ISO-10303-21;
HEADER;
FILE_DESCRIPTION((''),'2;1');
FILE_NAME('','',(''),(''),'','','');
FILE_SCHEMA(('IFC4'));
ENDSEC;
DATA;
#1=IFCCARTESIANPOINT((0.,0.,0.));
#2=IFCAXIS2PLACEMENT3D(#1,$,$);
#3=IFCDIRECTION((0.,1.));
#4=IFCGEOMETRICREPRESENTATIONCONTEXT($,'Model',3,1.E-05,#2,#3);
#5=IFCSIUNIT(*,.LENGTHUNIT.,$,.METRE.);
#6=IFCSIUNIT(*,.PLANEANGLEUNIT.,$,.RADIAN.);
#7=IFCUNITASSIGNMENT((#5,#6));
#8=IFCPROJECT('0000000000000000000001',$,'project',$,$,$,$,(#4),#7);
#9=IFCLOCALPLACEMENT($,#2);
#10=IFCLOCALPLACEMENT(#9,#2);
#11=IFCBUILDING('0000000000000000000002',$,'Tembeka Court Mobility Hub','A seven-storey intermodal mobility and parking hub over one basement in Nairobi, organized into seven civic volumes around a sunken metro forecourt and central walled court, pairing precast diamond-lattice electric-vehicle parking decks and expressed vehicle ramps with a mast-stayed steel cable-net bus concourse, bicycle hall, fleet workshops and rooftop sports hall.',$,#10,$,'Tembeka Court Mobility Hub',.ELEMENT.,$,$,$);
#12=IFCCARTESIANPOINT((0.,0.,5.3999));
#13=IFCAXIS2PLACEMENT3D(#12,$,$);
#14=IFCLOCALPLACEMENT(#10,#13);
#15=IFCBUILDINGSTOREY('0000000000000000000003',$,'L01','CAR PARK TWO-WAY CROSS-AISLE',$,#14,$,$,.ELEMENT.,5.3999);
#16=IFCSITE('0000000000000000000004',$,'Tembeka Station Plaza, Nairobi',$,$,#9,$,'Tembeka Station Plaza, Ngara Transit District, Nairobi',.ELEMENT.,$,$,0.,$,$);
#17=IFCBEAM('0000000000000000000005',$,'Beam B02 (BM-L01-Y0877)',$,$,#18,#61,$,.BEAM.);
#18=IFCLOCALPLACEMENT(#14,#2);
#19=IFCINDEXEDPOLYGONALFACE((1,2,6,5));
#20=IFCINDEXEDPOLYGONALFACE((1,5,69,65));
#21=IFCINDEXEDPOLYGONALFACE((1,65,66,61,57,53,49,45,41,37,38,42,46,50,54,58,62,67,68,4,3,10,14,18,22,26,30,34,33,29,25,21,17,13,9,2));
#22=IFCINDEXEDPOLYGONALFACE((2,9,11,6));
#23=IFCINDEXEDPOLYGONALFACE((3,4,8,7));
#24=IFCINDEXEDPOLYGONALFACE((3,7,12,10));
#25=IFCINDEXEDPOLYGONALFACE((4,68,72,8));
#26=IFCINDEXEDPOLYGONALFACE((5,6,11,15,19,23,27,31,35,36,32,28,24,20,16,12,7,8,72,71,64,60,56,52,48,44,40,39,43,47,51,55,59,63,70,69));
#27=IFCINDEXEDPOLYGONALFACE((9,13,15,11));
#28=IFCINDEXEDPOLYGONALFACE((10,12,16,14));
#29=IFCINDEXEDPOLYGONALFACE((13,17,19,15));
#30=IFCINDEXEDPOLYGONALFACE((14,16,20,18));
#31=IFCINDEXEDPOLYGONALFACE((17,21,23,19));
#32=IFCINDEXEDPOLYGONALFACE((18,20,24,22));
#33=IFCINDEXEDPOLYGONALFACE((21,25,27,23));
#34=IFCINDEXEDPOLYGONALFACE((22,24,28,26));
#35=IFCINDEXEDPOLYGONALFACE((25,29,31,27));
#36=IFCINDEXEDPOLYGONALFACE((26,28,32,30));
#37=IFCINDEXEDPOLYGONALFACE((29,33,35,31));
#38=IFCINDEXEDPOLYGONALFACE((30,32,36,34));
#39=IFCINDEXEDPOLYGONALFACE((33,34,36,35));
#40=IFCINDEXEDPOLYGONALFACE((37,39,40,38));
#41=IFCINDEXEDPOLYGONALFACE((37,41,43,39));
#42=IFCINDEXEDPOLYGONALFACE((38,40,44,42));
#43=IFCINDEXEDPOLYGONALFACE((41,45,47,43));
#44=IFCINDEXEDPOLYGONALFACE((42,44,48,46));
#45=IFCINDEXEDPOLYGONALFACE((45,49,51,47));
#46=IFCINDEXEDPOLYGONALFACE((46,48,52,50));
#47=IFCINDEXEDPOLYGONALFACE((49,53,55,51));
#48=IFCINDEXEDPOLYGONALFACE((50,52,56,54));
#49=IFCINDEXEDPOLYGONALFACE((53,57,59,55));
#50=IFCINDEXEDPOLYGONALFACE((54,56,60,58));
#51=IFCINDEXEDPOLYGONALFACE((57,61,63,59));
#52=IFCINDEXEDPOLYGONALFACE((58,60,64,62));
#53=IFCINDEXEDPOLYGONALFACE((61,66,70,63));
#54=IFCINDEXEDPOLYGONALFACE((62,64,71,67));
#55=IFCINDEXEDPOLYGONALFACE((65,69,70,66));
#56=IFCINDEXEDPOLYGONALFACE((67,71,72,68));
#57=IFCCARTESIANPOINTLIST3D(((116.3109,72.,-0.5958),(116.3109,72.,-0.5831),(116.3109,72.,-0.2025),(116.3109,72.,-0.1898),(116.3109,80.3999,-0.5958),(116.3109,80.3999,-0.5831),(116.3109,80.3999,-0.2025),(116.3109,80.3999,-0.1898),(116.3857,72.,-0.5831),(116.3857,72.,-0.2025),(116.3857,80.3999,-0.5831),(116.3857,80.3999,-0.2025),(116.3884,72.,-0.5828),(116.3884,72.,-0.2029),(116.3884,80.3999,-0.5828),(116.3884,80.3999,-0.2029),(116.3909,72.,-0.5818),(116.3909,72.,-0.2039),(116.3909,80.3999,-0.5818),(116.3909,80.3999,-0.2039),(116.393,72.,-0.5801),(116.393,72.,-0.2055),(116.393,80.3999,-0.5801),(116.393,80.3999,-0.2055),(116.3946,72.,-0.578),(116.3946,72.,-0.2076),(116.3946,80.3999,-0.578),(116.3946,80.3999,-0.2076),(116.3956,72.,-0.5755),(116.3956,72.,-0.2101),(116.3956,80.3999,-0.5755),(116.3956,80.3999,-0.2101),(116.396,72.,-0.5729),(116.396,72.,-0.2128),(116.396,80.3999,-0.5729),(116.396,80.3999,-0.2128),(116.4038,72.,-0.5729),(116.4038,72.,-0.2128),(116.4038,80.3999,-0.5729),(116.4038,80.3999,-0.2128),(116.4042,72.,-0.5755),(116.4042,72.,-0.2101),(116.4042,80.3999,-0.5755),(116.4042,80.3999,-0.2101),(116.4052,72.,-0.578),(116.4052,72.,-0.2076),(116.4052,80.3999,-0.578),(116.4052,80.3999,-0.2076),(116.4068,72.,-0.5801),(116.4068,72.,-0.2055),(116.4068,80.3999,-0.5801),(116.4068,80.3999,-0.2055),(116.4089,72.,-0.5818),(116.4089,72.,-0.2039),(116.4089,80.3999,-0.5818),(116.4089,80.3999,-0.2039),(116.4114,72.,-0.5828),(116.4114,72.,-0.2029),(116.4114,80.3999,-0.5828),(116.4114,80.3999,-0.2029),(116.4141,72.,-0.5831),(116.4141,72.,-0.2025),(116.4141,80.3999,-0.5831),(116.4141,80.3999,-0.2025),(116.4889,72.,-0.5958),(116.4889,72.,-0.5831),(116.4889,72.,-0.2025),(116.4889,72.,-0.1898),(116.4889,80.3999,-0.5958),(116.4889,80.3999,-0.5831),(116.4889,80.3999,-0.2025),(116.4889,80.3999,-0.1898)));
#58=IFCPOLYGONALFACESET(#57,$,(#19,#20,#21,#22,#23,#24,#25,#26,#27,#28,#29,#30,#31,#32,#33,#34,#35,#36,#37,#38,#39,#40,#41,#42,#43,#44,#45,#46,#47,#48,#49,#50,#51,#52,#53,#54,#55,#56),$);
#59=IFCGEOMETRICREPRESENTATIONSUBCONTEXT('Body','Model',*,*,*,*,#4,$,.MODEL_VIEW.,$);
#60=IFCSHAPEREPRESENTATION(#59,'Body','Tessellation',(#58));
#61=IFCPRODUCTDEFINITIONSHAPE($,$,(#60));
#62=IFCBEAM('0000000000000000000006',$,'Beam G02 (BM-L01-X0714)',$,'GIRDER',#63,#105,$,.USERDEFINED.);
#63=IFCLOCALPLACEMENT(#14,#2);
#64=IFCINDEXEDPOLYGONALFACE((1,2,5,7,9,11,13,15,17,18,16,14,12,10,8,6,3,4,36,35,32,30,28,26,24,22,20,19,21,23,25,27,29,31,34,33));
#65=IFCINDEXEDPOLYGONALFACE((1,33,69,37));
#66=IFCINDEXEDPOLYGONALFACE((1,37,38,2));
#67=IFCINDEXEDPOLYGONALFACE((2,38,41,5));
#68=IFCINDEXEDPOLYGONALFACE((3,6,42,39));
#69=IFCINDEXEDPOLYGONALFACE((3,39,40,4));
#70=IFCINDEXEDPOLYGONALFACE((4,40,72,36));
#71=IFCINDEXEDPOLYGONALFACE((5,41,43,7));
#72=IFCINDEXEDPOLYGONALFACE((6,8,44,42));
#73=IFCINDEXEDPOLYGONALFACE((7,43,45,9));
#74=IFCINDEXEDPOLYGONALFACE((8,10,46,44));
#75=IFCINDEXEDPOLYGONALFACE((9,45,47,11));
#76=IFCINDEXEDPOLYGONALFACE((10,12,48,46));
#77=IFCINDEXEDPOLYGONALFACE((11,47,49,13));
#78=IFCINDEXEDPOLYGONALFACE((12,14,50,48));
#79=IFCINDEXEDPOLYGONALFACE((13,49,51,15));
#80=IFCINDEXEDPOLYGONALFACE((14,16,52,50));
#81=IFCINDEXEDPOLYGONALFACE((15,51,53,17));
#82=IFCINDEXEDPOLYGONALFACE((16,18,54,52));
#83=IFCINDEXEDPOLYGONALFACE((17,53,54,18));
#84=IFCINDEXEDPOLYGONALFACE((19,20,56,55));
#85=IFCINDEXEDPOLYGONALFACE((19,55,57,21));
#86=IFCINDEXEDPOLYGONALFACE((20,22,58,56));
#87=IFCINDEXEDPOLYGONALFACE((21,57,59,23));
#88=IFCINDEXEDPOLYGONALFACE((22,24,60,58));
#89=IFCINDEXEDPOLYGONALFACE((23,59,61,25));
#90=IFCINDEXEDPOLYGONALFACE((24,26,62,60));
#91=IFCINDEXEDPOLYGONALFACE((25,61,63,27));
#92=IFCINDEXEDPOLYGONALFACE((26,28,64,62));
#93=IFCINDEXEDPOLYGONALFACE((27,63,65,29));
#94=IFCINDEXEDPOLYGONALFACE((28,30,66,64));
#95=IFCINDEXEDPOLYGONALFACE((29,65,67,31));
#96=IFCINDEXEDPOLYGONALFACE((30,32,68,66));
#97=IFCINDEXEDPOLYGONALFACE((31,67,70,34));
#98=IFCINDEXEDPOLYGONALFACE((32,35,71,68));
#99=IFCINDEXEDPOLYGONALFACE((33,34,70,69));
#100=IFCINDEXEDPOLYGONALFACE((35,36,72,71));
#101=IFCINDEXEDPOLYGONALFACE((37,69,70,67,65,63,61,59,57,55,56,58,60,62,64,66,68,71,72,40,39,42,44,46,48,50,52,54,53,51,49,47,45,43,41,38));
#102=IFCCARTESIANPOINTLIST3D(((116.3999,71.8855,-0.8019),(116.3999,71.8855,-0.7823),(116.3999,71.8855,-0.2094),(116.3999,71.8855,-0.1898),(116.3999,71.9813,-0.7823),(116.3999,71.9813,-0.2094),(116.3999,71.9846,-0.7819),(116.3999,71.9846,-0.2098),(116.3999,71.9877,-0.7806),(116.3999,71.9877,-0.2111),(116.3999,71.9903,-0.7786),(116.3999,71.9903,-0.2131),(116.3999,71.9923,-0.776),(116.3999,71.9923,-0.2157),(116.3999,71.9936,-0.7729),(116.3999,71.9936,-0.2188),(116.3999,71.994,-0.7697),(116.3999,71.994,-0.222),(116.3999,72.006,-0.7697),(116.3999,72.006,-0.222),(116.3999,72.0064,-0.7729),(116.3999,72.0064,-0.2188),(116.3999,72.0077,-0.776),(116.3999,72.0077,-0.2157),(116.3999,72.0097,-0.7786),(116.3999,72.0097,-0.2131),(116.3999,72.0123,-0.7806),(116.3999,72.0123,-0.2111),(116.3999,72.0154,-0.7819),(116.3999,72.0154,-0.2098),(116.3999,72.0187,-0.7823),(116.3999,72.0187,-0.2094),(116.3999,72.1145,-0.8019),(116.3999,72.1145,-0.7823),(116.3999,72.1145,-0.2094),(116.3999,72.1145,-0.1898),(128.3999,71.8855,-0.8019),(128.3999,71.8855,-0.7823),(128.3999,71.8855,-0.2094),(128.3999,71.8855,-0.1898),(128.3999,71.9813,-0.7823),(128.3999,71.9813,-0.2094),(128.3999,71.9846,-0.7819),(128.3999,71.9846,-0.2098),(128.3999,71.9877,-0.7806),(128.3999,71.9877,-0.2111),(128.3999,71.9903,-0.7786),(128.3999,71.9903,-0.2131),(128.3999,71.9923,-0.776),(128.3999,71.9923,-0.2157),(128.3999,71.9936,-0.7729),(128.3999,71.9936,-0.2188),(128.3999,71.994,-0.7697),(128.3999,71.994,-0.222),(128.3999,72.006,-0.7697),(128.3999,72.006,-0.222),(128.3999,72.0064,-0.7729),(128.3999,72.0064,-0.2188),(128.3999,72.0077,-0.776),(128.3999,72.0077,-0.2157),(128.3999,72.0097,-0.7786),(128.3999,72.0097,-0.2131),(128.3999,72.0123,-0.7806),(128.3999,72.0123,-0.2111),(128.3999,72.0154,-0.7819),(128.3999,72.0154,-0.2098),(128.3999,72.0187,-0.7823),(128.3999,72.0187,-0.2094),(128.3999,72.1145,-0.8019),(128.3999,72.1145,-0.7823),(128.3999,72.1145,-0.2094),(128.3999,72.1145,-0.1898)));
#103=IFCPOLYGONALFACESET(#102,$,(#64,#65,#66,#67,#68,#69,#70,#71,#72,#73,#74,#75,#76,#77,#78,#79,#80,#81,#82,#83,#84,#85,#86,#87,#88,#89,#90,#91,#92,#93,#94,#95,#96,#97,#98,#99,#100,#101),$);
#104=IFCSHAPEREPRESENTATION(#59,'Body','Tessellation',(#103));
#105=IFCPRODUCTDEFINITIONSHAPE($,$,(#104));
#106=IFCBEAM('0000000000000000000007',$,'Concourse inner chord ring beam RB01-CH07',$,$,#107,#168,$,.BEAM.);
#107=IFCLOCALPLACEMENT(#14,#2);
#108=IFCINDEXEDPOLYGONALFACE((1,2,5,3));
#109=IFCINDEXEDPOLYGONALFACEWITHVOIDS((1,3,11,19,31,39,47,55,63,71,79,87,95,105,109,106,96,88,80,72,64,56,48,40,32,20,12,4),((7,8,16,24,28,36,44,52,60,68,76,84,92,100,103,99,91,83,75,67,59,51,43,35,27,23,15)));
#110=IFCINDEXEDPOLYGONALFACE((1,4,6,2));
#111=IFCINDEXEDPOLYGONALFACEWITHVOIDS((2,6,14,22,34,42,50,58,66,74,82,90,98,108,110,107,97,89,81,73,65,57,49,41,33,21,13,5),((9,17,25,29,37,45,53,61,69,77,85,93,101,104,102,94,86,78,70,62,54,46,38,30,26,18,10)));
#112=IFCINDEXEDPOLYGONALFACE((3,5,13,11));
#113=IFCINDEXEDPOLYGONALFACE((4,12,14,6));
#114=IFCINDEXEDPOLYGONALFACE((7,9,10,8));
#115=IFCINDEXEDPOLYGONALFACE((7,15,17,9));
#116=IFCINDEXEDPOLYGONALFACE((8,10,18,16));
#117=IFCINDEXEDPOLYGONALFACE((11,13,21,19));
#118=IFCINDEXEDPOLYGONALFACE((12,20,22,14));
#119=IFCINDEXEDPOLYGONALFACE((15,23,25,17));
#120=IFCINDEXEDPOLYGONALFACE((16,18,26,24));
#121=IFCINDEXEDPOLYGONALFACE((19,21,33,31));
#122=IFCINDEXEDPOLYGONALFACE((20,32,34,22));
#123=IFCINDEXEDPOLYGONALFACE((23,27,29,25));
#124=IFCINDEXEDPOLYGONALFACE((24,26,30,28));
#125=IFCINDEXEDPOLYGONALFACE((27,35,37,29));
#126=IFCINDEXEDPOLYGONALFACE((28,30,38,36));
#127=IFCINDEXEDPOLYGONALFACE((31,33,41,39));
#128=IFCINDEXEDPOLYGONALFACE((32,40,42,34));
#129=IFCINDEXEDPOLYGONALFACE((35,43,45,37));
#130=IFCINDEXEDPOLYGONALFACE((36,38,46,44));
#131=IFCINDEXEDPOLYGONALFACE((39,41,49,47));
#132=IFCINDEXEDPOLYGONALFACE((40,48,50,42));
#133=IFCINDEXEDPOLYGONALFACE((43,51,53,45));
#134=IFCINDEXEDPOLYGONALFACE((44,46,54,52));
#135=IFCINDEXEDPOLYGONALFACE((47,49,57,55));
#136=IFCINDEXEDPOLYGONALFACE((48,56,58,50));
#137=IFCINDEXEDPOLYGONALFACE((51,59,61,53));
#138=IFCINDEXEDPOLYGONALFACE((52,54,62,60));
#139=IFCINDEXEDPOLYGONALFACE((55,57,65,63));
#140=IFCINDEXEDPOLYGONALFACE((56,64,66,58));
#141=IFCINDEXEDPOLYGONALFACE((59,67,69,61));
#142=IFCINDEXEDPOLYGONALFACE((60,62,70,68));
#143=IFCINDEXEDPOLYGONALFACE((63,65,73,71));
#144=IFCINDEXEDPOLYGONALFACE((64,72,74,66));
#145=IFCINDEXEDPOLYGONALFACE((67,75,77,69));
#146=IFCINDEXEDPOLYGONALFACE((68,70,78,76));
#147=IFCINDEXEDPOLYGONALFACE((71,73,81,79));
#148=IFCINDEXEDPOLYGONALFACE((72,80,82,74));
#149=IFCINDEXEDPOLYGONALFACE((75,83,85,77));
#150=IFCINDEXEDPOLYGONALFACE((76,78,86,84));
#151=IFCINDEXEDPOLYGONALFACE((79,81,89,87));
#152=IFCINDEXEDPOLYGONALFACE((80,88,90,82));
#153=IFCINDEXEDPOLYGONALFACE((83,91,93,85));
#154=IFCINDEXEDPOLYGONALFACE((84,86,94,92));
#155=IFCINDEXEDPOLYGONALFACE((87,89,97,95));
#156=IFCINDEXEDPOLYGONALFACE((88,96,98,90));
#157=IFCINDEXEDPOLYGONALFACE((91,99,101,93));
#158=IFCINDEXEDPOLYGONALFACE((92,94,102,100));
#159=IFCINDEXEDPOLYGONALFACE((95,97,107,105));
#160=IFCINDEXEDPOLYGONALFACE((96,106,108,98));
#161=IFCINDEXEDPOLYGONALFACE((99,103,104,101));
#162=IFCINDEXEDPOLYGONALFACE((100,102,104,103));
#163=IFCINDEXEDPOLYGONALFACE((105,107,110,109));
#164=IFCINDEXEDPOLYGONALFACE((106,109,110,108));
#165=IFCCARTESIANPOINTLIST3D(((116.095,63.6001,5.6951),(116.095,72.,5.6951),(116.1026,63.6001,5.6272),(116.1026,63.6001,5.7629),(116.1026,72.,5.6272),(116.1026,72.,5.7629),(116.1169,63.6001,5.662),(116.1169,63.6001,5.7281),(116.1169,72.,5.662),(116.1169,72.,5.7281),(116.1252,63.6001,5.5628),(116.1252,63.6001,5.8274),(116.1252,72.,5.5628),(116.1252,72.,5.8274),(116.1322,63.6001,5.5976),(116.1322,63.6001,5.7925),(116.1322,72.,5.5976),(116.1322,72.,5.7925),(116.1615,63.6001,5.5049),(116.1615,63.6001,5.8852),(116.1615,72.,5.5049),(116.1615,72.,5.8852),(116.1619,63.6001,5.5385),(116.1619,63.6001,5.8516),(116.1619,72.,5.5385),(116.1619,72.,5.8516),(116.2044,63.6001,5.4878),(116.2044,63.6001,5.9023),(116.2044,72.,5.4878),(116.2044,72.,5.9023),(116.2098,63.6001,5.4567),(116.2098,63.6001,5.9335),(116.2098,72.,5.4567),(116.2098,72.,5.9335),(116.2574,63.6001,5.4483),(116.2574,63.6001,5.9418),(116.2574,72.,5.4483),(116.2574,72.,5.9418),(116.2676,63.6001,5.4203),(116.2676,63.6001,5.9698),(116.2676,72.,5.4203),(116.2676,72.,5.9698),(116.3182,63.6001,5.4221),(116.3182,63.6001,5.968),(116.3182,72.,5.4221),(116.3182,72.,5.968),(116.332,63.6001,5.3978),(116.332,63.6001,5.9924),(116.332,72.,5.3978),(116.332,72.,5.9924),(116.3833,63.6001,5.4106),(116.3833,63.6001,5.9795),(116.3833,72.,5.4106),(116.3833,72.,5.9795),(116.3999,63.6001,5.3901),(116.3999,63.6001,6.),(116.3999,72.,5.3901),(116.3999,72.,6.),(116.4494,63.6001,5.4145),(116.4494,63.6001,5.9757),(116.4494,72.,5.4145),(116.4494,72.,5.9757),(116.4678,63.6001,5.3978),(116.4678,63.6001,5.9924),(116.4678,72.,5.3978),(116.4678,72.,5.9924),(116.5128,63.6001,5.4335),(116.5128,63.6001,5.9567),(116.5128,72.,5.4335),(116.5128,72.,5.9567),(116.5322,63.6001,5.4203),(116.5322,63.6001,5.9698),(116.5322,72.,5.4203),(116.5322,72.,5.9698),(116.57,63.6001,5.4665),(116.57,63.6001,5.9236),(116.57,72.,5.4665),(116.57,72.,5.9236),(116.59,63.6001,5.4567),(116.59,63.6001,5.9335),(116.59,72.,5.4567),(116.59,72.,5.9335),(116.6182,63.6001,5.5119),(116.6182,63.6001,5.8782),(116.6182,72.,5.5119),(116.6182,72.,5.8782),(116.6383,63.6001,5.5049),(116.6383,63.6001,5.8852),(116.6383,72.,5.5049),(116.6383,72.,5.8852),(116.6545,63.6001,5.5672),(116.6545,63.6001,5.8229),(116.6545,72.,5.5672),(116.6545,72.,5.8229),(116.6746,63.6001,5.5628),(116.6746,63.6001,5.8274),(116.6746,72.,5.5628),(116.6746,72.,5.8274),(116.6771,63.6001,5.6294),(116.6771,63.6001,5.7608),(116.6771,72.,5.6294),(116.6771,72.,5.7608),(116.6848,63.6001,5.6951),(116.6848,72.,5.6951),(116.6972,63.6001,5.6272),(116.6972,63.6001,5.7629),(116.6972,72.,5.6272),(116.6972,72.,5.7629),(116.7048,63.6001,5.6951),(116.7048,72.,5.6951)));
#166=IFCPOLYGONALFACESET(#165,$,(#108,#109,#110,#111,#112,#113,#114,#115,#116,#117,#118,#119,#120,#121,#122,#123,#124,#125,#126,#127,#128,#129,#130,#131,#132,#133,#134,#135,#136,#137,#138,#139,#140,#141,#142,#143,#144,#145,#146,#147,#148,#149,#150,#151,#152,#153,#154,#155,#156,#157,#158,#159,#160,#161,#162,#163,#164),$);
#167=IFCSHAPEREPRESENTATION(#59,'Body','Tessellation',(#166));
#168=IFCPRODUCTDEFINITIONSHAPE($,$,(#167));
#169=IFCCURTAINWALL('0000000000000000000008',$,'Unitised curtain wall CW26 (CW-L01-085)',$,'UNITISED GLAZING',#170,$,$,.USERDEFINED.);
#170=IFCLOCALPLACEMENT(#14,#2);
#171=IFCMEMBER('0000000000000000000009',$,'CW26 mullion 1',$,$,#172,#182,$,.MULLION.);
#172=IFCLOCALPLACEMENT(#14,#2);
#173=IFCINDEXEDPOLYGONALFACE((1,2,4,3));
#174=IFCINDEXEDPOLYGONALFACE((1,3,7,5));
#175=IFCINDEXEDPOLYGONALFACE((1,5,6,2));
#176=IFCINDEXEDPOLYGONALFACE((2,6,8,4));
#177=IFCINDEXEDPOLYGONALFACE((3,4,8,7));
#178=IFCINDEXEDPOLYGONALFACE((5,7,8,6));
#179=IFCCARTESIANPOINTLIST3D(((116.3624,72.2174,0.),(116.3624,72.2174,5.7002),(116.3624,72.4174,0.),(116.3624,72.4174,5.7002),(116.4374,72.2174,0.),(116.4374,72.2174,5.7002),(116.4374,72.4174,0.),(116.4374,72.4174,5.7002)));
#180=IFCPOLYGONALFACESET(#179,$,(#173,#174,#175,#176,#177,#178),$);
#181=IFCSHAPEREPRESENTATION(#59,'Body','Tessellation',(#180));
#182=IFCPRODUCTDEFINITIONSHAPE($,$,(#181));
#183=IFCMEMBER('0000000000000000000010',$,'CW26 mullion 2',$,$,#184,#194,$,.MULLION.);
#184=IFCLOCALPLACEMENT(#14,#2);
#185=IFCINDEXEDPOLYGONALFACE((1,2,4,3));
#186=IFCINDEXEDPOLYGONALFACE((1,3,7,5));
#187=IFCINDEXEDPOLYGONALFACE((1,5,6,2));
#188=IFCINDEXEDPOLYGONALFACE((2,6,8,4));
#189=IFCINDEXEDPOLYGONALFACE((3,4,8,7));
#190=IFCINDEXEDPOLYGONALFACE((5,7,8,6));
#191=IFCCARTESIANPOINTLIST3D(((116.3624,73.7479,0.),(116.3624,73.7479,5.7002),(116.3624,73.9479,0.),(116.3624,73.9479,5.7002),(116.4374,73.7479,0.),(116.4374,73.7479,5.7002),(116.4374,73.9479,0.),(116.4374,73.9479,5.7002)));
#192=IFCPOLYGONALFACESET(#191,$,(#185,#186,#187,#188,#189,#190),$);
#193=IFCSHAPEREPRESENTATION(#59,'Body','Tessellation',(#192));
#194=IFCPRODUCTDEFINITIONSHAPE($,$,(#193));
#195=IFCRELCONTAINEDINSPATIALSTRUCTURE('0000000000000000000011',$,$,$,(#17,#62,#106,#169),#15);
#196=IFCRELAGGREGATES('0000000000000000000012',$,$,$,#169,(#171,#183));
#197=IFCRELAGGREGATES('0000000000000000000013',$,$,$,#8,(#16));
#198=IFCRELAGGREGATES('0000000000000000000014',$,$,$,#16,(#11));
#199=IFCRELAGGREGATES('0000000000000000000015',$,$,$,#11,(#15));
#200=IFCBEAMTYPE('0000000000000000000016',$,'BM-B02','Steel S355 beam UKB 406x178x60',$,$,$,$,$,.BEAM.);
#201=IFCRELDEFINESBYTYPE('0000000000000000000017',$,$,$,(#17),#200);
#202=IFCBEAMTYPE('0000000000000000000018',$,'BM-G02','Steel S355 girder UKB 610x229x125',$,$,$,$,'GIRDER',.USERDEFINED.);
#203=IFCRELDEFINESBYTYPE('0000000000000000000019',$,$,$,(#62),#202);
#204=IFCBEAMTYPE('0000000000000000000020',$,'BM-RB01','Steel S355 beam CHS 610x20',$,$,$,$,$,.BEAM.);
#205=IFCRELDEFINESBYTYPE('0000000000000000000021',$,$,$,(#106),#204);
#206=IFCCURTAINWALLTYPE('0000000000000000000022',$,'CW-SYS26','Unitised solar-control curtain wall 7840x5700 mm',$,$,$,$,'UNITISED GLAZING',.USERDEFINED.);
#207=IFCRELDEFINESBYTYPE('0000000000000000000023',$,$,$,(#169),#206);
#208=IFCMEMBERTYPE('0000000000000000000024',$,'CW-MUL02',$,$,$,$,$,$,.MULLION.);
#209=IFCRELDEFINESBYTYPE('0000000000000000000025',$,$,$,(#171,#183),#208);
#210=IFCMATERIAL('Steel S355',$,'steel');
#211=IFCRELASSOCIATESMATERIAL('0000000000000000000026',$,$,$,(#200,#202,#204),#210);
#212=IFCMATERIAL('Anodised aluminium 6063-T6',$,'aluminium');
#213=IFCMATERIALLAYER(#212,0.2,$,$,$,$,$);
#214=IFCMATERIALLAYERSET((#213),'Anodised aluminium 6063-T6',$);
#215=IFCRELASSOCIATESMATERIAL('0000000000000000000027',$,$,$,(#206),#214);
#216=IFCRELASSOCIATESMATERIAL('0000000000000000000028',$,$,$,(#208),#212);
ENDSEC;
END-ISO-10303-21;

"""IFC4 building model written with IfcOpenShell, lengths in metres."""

from ifc_helpers import new_model, si_unit, direction, frame, origin, origin_2d, place, context, subcontext, project, spatial, rectangle, hollow_circle, i_section, extrude, material, layer, layer_set, material_profile, profile_set, type_object, element, aggregate, save


model = new_model("IFC4")

# Units and contexts
model_context = context("Model", 3, precision=1e-05, world=origin(), true_north=direction((0.0, 1.0)))
body_context = subcontext(model_context, "Body", "Model", "MODEL_VIEW")
ifc_project = project(units=[si_unit("LENGTHUNIT", "METRE"), si_unit("PLANEANGLEUNIT", "RADIAN")], contexts=[model_context])

# Site, building, storey
site_placement = place(None, origin())
site = spatial("IfcSite", under=ifc_project, at=site_placement, Name="Tembeka Station Plaza, Nairobi", LongName="Tembeka Station Plaza, Ngara Transit District, Nairobi", CompositionType="ELEMENT", RefElevation=0.0)
building_placement = place(site_placement, origin())
building = spatial("IfcBuilding", under=site, at=building_placement, Name="Tembeka Court Mobility Hub", Description="A seven-storey intermodal mobility and parking hub over one basement in Nairobi, organized into seven civic volumes around a sunken metro forecourt and central walled court, pairing precast diamond-lattice electric-vehicle parking decks and expressed vehicle ramps with a mast-stayed steel cable-net bus concourse, bicycle hall, fleet workshops and rooftop sports hall.", LongName="Tembeka Court Mobility Hub", CompositionType="ELEMENT")
storey_placement = place(building_placement, frame((0.0, 0.0, 5.3999)))
storey = spatial("IfcBuildingStorey", under=building, at=storey_placement, Name="L01", Description="CAR PARK TWO-WAY CROSS-AISLE", CompositionType="ELEMENT", Elevation=5.3999)

# Beams
ifc_material_1 = material(Name="Steel S355", Category="steel")
ifc_material_profile_1 = material_profile(ifc_material_1, i_section(OverallWidth=0.178, OverallDepth=0.406, WebThickness=0.0078, FlangeThickness=0.0127, FilletRadius=0.0103, at=origin_2d()), Name="UKB 406x178x60")
ifc_profile_set_1 = profile_set([ifc_material_profile_1], Name="Steel S355")
beam_type_1 = type_object("IfcBeamType", Name="BM-B02", Description="Steel S355 beam UKB 406x178x60", PredefinedType="BEAM", material=ifc_profile_set_1)
beam_1_placement = place(storey_placement, frame((116.3999, 72.0, -0.3928), z_axis=(0.0, 1.0, 0.0), x_axis=(-1.0, 0.0, 0.0)))
element("IfcBeam", 1, at=beam_1_placement, inside=storey, type_object=beam_type_1, Name="Beam B02 (BM-L01-Y0877)", PredefinedType="BEAM", context=body_context, shape_type="SweptSolid", body=[
    extrude(i_section(OverallWidth=0.178, OverallDepth=0.406, WebThickness=0.0078, FlangeThickness=0.0127, FilletRadius=0.0103, at=origin_2d()), origin(), (0.0, 0.0, 1.0), 8.3999),
])
ifc_material_profile_2 = material_profile(ifc_material_1, i_section(OverallWidth=0.229, OverallDepth=0.6121, WebThickness=0.012, FlangeThickness=0.0195, FilletRadius=0.0127, at=origin_2d()), Name="UKB 610x229x125")
ifc_profile_set_2 = profile_set([ifc_material_profile_2], Name="Steel S355")
beam_type_2 = type_object("IfcBeamType", Name="BM-G02", Description="Steel S355 girder UKB 610x229x125", ElementType="GIRDER", PredefinedType="USERDEFINED", material=ifc_profile_set_2)
beam_2_placement = place(storey_placement, frame((116.3999, 72.0, -0.4958), z_axis=(1.0, 0.0, 0.0), x_axis=(0.0, 1.0, 0.0)))
element("IfcBeam", 2, at=beam_2_placement, inside=storey, type_object=beam_type_2, Name="Beam G02 (BM-L01-X0714)", ObjectType="GIRDER", PredefinedType="USERDEFINED", context=body_context, shape_type="SweptSolid", body=[
    extrude(i_section(OverallWidth=0.229, OverallDepth=0.6121, WebThickness=0.012, FlangeThickness=0.0195, FilletRadius=0.0127, at=origin_2d()), origin(), (0.0, 0.0, 1.0), 12.0),
])
ifc_material_profile_3 = material_profile(ifc_material_1, hollow_circle(Radius=0.3049, WallThickness=0.02, at=origin_2d()), Name="CHS 610x20")
ifc_profile_set_3 = profile_set([ifc_material_profile_3], Name="Steel S355")
beam_type_3 = type_object("IfcBeamType", Name="BM-RB01", Description="Steel S355 beam CHS 610x20", PredefinedType="BEAM", material=ifc_profile_set_3)
beam_3_placement = place(storey_placement, frame((116.3999, 72.0, 5.6951), z_axis=(0.0, -1.0, 0.0), x_axis=(1.0, 0.0, 0.0)))
element("IfcBeam", 3, at=beam_3_placement, inside=storey, type_object=beam_type_3, Name="Concourse inner chord ring beam RB01-CH07", PredefinedType="BEAM", context=body_context, shape_type="SweptSolid", body=[
    extrude(hollow_circle(Radius=0.3049, WallThickness=0.02, at=origin_2d()), origin(), (0.0, 0.0, 1.0), 8.3999),
])

# Curtain wall, members
ifc_material_2 = material(Name="Anodised aluminium 6063-T6", Category="aluminium")
ifc_layer_1 = layer(ifc_material_2, 0.2)
ifc_layer_set_1 = layer_set([ifc_layer_1], Name="Anodised aluminium 6063-T6")
curtain_wall_type = type_object("IfcCurtainWallType", Name="CW-SYS26", Description="Unitised solar-control curtain wall 7840x5700 mm", ElementType="UNITISED GLAZING", PredefinedType="USERDEFINED", material=ifc_layer_set_1)
curtain_wall_placement = place(storey_placement, origin())
curtain_wall = element("IfcCurtainWall", 4, at=curtain_wall_placement, inside=storey, type_object=curtain_wall_type, Name="Unitised curtain wall CW26 (CW-L01-085)", ObjectType="UNITISED GLAZING", PredefinedType="USERDEFINED")
ifc_material_profile_4 = material_profile(ifc_material_2, rectangle(XDim=0.075, YDim=0.2, at=origin_2d()), Name="ALU-MUL 75x200")
ifc_profile_set_4 = profile_set([ifc_material_profile_4], Name="Anodised aluminium 6063-T6")
member_type_1 = type_object("IfcMemberType", Name="CW-MUL02", PredefinedType="MULLION", material=ifc_profile_set_4)
member_1_placement = place(storey_placement, frame((116.3999, 72.3174, 0.0), z_axis=(0.0, 0.0, 1.0), x_axis=(-1.0, 0.0, 0.0)))
member_1 = element("IfcMember", 5, at=member_1_placement, type_object=member_type_1, Name="CW26 mullion 1", PredefinedType="MULLION", context=body_context, shape_type="SweptSolid", body=[
    extrude(rectangle(XDim=0.075, YDim=0.2, at=origin_2d()), origin(), (0.0, 0.0, 1.0), 5.7002),
])
member_2_placement = place(storey_placement, frame((116.3999, 73.8479, 0.0), z_axis=(0.0, 0.0, 1.0), x_axis=(-1.0, 0.0, 0.0)))
member_2 = element("IfcMember", 6, at=member_2_placement, type_object=member_type_1, Name="CW26 mullion 2", PredefinedType="MULLION", context=body_context, shape_type="SweptSolid", body=[
    extrude(rectangle(XDim=0.075, YDim=0.2, at=origin_2d()), origin(), (0.0, 0.0, 1.0), 5.7002),
])

aggregate(curtain_wall, [member_1, member_2])

save(model, "model.ifc")
